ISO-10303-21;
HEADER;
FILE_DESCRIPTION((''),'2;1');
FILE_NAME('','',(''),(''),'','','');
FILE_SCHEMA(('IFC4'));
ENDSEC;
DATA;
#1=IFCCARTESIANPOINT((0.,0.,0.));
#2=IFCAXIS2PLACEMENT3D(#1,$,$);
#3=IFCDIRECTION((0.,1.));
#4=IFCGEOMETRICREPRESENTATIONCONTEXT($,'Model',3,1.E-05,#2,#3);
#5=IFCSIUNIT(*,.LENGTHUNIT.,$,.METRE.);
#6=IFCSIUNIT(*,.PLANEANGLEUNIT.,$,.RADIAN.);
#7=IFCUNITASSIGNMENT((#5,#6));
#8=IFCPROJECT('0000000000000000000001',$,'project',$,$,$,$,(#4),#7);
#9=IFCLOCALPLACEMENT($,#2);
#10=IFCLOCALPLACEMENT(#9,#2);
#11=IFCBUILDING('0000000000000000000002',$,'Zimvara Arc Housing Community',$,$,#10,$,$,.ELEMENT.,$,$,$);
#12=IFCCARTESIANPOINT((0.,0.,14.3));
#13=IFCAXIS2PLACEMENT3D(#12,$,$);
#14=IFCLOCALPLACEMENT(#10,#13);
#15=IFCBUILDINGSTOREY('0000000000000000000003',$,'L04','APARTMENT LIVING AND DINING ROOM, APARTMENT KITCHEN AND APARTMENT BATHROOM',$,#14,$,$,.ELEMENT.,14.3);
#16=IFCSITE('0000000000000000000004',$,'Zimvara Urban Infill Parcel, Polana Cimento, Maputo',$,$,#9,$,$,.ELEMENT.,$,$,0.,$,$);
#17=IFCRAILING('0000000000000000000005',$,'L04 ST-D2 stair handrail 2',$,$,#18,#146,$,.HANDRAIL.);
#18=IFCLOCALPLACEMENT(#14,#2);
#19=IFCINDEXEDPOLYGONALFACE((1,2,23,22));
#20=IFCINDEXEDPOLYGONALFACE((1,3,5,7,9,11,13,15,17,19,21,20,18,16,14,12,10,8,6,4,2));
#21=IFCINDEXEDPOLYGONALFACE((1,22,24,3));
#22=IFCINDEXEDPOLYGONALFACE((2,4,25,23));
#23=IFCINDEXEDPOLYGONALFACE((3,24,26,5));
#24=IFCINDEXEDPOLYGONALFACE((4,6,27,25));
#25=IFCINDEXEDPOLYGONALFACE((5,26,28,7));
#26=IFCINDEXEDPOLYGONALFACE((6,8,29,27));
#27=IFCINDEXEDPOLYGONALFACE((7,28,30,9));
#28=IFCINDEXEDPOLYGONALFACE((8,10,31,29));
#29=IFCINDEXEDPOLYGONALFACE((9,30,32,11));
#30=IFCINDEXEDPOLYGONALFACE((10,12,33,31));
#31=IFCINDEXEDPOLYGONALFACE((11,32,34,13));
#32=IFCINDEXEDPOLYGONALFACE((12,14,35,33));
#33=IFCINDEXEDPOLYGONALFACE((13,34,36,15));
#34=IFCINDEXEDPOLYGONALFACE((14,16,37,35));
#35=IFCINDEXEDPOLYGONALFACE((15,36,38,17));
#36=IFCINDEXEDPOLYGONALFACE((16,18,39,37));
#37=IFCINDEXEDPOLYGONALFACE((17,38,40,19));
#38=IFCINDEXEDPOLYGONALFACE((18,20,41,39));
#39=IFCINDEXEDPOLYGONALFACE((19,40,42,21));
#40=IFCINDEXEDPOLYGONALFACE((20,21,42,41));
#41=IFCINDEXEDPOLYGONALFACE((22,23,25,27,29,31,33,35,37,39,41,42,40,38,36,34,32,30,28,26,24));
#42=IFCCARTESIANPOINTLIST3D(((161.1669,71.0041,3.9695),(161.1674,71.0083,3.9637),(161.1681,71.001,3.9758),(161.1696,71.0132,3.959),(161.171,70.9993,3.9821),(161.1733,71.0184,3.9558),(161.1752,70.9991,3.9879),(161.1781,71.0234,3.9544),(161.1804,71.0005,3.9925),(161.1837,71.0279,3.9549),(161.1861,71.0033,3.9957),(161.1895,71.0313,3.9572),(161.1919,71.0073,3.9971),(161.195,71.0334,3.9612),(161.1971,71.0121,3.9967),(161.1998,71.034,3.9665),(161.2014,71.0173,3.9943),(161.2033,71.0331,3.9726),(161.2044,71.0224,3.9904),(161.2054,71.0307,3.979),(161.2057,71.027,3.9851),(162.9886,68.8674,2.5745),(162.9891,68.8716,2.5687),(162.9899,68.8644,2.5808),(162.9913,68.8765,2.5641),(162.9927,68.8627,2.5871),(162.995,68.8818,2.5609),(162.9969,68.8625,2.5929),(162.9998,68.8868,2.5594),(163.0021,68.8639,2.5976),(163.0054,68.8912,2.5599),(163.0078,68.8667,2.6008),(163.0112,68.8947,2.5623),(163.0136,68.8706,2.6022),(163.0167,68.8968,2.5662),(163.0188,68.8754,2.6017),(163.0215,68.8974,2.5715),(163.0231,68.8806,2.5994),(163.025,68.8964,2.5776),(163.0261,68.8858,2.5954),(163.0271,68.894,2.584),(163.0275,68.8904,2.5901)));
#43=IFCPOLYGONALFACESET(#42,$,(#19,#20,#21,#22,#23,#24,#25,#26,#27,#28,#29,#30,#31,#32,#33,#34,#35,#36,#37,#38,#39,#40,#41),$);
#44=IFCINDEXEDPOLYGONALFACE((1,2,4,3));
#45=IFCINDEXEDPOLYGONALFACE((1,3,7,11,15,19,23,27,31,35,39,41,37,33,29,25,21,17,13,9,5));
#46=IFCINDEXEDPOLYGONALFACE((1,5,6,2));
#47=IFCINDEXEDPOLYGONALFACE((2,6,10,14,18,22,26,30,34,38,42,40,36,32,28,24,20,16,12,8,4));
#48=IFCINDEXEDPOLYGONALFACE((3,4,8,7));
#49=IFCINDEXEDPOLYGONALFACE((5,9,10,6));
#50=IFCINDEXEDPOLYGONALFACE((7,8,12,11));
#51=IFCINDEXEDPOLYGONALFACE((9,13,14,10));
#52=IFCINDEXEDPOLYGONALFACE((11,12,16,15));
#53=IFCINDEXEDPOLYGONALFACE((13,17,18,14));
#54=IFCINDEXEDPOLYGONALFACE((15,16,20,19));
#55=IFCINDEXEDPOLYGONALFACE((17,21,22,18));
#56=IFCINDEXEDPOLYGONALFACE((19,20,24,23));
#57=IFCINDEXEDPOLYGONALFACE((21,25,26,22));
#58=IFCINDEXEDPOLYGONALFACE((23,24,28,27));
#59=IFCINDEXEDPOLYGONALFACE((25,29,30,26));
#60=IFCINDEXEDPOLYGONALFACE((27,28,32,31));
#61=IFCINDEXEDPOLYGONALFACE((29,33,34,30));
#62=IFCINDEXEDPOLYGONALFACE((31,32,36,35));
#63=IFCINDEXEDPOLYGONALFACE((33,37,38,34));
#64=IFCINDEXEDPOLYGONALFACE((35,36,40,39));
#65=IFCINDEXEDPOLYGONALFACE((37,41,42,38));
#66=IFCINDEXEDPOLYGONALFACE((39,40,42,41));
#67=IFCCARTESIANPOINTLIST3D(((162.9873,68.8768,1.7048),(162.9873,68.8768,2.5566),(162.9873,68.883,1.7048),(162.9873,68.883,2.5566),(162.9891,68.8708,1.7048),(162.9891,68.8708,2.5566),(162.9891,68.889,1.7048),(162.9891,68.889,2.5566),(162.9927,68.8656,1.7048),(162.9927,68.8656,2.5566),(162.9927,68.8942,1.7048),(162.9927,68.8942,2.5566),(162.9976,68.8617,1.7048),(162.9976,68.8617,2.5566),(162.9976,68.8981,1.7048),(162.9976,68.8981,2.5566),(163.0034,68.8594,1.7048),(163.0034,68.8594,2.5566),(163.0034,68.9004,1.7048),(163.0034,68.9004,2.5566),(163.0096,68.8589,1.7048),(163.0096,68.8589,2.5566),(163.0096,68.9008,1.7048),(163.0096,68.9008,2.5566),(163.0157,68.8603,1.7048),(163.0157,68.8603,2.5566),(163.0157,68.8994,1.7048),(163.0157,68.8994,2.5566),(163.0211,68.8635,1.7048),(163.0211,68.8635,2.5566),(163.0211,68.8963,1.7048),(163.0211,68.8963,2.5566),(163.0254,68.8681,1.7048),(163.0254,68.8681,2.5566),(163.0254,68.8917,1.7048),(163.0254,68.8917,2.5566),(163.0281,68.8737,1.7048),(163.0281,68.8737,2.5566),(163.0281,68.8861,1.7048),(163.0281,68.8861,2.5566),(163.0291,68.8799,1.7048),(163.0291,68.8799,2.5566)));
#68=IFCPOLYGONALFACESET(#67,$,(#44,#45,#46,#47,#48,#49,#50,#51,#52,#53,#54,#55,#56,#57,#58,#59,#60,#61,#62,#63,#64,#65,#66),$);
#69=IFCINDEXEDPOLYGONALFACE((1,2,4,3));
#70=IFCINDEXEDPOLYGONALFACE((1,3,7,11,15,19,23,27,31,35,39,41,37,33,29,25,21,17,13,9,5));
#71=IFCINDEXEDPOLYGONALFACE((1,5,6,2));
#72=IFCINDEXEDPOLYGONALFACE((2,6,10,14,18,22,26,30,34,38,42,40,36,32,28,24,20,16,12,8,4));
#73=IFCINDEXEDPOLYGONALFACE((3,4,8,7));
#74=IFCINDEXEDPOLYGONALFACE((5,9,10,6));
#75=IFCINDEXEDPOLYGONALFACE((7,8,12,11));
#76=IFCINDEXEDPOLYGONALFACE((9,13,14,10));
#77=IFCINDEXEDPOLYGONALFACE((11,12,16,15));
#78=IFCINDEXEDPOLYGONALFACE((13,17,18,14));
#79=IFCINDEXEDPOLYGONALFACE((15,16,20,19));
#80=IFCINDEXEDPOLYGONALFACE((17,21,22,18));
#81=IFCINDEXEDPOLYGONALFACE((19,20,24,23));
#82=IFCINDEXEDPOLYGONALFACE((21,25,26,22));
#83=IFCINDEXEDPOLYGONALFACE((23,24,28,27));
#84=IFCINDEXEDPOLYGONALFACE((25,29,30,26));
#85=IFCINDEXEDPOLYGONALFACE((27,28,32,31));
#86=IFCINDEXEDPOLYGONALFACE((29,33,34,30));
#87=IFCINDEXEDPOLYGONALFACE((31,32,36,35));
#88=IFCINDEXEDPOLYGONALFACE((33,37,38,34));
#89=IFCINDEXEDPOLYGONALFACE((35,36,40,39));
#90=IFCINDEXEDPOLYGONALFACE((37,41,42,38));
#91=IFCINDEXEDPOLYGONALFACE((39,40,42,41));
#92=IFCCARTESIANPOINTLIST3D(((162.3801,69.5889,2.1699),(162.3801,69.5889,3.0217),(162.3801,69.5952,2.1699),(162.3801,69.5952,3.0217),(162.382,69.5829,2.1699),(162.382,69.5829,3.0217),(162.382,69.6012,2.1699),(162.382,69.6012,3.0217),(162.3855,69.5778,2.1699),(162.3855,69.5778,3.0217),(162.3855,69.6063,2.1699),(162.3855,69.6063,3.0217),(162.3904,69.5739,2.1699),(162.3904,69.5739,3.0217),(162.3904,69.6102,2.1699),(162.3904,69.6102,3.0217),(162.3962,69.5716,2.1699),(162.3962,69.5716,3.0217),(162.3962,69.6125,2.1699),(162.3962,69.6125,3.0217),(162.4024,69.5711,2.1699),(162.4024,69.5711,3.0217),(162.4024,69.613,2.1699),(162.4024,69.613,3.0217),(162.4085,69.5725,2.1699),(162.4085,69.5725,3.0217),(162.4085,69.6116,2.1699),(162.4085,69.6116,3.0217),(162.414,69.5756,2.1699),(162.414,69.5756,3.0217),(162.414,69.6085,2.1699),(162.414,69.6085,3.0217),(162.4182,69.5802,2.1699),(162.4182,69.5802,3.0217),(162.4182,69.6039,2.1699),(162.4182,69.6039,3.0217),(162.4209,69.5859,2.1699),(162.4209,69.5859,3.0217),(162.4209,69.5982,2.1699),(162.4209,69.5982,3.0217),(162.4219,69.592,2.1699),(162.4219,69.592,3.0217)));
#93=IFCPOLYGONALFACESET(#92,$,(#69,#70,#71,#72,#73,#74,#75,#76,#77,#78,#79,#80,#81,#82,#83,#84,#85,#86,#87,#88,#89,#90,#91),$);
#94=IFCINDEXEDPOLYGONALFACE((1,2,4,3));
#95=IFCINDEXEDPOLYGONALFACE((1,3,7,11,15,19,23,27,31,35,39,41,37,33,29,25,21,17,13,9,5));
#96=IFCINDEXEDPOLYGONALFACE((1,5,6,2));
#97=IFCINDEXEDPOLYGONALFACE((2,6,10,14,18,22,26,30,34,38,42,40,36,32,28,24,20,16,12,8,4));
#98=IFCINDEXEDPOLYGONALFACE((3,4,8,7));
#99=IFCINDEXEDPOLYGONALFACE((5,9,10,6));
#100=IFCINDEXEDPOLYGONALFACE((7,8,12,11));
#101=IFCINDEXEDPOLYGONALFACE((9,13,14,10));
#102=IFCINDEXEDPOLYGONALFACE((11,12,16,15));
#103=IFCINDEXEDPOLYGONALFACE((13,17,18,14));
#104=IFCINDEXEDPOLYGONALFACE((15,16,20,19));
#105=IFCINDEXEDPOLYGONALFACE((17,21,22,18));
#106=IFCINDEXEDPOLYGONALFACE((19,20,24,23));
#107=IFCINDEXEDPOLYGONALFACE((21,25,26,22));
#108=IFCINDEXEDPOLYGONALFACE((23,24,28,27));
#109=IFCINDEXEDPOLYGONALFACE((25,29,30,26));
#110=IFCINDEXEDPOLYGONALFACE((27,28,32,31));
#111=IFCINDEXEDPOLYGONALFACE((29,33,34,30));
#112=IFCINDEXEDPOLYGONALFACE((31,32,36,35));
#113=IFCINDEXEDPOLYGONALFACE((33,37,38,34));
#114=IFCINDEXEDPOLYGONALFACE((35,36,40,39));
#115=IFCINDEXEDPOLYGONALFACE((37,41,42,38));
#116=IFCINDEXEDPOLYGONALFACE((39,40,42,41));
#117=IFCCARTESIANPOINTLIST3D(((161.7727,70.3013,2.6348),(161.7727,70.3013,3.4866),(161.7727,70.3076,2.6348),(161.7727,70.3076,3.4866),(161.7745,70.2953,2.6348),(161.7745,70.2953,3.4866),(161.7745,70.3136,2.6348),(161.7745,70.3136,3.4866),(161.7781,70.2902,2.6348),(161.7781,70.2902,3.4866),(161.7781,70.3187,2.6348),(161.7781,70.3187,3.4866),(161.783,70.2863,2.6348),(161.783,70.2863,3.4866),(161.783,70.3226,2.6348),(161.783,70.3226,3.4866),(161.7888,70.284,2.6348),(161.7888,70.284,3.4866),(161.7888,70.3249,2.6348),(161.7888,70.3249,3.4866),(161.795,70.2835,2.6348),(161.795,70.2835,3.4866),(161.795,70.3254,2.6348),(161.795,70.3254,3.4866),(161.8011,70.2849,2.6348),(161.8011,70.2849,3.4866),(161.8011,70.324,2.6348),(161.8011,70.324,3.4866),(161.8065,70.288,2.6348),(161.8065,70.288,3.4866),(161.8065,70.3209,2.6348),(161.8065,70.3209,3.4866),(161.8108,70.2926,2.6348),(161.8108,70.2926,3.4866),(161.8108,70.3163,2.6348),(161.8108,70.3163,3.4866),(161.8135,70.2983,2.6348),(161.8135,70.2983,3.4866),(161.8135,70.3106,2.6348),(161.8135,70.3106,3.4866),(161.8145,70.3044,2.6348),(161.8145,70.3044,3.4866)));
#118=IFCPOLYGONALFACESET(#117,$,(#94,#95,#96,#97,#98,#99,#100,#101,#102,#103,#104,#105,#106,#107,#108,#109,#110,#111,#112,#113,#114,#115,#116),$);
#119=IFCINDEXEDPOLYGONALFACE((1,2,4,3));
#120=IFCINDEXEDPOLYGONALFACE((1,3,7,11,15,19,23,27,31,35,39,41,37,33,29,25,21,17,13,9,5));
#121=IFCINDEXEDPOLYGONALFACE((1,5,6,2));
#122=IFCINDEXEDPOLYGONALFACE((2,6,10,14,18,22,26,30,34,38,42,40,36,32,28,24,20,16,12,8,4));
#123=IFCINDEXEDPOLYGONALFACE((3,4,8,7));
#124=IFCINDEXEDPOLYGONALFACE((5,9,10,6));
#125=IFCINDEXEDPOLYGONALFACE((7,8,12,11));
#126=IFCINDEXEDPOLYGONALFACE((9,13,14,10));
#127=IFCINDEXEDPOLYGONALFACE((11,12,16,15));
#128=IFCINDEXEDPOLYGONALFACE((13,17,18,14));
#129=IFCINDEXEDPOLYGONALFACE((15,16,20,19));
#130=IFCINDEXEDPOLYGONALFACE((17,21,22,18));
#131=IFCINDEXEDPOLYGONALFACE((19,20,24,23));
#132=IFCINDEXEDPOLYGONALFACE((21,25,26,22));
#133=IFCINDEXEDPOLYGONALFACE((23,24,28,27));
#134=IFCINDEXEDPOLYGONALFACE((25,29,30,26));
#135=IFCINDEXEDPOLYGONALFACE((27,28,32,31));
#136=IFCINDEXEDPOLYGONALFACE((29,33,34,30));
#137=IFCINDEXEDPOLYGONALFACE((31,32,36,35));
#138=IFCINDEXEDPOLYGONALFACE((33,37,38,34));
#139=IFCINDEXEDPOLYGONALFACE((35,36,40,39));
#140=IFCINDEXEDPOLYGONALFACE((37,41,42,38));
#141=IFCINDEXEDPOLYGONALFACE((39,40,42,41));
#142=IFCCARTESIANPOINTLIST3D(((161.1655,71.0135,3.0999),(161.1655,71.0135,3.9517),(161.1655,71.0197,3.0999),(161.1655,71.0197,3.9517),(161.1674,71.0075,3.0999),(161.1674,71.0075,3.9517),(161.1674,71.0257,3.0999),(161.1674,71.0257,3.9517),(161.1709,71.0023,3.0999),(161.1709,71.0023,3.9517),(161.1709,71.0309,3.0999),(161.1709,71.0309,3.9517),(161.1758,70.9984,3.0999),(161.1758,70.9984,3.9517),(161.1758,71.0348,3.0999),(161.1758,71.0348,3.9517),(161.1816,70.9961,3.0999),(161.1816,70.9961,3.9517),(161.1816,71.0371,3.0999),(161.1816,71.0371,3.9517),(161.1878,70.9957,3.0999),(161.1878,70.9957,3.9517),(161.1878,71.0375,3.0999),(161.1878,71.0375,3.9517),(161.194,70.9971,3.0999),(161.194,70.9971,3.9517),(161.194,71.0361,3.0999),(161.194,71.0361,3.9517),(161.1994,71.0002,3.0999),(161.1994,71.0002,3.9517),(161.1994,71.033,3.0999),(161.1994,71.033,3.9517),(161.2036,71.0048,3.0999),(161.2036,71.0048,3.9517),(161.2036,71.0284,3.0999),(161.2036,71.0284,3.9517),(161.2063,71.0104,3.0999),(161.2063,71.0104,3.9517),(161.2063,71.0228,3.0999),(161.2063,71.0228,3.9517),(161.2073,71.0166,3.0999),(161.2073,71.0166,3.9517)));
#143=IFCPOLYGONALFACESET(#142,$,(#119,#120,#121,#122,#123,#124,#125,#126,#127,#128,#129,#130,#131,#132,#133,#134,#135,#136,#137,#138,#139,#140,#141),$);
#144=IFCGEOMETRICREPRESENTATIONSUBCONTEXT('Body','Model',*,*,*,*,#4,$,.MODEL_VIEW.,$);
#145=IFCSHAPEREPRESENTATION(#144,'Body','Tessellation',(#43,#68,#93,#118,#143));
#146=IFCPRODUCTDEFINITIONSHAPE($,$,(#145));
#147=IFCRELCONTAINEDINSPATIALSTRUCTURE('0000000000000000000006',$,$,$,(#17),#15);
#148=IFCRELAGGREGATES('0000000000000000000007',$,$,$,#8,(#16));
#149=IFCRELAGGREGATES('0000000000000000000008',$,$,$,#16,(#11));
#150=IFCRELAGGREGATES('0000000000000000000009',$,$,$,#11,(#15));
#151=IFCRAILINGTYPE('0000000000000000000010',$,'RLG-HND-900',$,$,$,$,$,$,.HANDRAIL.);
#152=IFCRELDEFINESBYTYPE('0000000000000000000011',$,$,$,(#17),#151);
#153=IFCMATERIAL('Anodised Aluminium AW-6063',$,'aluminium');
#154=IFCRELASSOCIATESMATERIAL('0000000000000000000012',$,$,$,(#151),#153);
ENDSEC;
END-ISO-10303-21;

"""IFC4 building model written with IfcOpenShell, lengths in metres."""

from ifc_helpers import new_model, si_unit, direction, frame, origin, origin_2d, place, context, subcontext, project, spatial, circle, extrude, material, type_object, element, save


model = new_model("IFC4")

# Units and contexts
model_context = context("Model", 3, precision=1e-05, world=origin(), true_north=direction((0.0, 1.0)))
body_context = subcontext(model_context, "Body", "Model", "MODEL_VIEW")
ifc_project = project(units=[si_unit("LENGTHUNIT", "METRE"), si_unit("PLANEANGLEUNIT", "RADIAN")], contexts=[model_context])

# Site, building, storey
site_placement = place(None, origin())
site = spatial("IfcSite", under=ifc_project, at=site_placement, Name="Zimvara Urban Infill Parcel, Polana Cimento, Maputo", CompositionType="ELEMENT", RefElevation=0.0)
building_placement = place(site_placement, origin())
building = spatial("IfcBuilding", under=site, at=building_placement, Name="Zimvara Arc Housing Community", CompositionType="ELEMENT")
storey_placement = place(building_placement, frame((0.0, 0.0, 14.3)))
storey = spatial("IfcBuildingStorey", under=building, at=storey_placement, Name="L04", Description="APARTMENT LIVING AND DINING ROOM, APARTMENT KITCHEN AND APARTMENT BATHROOM", CompositionType="ELEMENT", Elevation=14.3)

# Railing
ifc_material_1 = material(Name="Anodised Aluminium AW-6063", Category="aluminium")
railing_type_1 = type_object("IfcRailingType", Name="RLG-HND-900", PredefinedType="HANDRAIL", material=ifc_material_1)
railing_1_placement = place(storey_placement, frame((163.0081, 68.8799, 1.7048)))
element("IfcRailing", 1, at=railing_1_placement, inside=storey, type_object=railing_type_1, Name="L04 ST-D2 stair handrail 2", PredefinedType="HANDRAIL", context=body_context, shape_type="SweptSolid", body=[
    extrude(circle(Radius=0.0239, at=origin_2d()), frame((0.0, 0.0, 0.876), z_axis=(-0.581041, 0.681489, 0.44493), x_axis=(-0.76096, -0.648799, 0.0)), (0.0, 0.0, 1.0), 3.1353),
    extrude(circle(Radius=0.021, at=origin_2d()), origin(), (0.0, 0.0, 1.0), 0.8518),
    extrude(circle(Radius=0.021, at=origin_2d()), frame((-0.6072, 0.7122, 0.4651)), (0.0, 0.0, 1.0), 0.8518),
    extrude(circle(Radius=0.021, at=origin_2d()), frame((-1.2146, 1.4246, 0.9299)), (0.0, 0.0, 1.0), 0.8518),
    extrude(circle(Radius=0.021, at=origin_2d()), frame((-1.8218, 2.1367, 1.395)), (0.0, 0.0, 1.0), 0.8518),
])

save(model, "model.ifc")
